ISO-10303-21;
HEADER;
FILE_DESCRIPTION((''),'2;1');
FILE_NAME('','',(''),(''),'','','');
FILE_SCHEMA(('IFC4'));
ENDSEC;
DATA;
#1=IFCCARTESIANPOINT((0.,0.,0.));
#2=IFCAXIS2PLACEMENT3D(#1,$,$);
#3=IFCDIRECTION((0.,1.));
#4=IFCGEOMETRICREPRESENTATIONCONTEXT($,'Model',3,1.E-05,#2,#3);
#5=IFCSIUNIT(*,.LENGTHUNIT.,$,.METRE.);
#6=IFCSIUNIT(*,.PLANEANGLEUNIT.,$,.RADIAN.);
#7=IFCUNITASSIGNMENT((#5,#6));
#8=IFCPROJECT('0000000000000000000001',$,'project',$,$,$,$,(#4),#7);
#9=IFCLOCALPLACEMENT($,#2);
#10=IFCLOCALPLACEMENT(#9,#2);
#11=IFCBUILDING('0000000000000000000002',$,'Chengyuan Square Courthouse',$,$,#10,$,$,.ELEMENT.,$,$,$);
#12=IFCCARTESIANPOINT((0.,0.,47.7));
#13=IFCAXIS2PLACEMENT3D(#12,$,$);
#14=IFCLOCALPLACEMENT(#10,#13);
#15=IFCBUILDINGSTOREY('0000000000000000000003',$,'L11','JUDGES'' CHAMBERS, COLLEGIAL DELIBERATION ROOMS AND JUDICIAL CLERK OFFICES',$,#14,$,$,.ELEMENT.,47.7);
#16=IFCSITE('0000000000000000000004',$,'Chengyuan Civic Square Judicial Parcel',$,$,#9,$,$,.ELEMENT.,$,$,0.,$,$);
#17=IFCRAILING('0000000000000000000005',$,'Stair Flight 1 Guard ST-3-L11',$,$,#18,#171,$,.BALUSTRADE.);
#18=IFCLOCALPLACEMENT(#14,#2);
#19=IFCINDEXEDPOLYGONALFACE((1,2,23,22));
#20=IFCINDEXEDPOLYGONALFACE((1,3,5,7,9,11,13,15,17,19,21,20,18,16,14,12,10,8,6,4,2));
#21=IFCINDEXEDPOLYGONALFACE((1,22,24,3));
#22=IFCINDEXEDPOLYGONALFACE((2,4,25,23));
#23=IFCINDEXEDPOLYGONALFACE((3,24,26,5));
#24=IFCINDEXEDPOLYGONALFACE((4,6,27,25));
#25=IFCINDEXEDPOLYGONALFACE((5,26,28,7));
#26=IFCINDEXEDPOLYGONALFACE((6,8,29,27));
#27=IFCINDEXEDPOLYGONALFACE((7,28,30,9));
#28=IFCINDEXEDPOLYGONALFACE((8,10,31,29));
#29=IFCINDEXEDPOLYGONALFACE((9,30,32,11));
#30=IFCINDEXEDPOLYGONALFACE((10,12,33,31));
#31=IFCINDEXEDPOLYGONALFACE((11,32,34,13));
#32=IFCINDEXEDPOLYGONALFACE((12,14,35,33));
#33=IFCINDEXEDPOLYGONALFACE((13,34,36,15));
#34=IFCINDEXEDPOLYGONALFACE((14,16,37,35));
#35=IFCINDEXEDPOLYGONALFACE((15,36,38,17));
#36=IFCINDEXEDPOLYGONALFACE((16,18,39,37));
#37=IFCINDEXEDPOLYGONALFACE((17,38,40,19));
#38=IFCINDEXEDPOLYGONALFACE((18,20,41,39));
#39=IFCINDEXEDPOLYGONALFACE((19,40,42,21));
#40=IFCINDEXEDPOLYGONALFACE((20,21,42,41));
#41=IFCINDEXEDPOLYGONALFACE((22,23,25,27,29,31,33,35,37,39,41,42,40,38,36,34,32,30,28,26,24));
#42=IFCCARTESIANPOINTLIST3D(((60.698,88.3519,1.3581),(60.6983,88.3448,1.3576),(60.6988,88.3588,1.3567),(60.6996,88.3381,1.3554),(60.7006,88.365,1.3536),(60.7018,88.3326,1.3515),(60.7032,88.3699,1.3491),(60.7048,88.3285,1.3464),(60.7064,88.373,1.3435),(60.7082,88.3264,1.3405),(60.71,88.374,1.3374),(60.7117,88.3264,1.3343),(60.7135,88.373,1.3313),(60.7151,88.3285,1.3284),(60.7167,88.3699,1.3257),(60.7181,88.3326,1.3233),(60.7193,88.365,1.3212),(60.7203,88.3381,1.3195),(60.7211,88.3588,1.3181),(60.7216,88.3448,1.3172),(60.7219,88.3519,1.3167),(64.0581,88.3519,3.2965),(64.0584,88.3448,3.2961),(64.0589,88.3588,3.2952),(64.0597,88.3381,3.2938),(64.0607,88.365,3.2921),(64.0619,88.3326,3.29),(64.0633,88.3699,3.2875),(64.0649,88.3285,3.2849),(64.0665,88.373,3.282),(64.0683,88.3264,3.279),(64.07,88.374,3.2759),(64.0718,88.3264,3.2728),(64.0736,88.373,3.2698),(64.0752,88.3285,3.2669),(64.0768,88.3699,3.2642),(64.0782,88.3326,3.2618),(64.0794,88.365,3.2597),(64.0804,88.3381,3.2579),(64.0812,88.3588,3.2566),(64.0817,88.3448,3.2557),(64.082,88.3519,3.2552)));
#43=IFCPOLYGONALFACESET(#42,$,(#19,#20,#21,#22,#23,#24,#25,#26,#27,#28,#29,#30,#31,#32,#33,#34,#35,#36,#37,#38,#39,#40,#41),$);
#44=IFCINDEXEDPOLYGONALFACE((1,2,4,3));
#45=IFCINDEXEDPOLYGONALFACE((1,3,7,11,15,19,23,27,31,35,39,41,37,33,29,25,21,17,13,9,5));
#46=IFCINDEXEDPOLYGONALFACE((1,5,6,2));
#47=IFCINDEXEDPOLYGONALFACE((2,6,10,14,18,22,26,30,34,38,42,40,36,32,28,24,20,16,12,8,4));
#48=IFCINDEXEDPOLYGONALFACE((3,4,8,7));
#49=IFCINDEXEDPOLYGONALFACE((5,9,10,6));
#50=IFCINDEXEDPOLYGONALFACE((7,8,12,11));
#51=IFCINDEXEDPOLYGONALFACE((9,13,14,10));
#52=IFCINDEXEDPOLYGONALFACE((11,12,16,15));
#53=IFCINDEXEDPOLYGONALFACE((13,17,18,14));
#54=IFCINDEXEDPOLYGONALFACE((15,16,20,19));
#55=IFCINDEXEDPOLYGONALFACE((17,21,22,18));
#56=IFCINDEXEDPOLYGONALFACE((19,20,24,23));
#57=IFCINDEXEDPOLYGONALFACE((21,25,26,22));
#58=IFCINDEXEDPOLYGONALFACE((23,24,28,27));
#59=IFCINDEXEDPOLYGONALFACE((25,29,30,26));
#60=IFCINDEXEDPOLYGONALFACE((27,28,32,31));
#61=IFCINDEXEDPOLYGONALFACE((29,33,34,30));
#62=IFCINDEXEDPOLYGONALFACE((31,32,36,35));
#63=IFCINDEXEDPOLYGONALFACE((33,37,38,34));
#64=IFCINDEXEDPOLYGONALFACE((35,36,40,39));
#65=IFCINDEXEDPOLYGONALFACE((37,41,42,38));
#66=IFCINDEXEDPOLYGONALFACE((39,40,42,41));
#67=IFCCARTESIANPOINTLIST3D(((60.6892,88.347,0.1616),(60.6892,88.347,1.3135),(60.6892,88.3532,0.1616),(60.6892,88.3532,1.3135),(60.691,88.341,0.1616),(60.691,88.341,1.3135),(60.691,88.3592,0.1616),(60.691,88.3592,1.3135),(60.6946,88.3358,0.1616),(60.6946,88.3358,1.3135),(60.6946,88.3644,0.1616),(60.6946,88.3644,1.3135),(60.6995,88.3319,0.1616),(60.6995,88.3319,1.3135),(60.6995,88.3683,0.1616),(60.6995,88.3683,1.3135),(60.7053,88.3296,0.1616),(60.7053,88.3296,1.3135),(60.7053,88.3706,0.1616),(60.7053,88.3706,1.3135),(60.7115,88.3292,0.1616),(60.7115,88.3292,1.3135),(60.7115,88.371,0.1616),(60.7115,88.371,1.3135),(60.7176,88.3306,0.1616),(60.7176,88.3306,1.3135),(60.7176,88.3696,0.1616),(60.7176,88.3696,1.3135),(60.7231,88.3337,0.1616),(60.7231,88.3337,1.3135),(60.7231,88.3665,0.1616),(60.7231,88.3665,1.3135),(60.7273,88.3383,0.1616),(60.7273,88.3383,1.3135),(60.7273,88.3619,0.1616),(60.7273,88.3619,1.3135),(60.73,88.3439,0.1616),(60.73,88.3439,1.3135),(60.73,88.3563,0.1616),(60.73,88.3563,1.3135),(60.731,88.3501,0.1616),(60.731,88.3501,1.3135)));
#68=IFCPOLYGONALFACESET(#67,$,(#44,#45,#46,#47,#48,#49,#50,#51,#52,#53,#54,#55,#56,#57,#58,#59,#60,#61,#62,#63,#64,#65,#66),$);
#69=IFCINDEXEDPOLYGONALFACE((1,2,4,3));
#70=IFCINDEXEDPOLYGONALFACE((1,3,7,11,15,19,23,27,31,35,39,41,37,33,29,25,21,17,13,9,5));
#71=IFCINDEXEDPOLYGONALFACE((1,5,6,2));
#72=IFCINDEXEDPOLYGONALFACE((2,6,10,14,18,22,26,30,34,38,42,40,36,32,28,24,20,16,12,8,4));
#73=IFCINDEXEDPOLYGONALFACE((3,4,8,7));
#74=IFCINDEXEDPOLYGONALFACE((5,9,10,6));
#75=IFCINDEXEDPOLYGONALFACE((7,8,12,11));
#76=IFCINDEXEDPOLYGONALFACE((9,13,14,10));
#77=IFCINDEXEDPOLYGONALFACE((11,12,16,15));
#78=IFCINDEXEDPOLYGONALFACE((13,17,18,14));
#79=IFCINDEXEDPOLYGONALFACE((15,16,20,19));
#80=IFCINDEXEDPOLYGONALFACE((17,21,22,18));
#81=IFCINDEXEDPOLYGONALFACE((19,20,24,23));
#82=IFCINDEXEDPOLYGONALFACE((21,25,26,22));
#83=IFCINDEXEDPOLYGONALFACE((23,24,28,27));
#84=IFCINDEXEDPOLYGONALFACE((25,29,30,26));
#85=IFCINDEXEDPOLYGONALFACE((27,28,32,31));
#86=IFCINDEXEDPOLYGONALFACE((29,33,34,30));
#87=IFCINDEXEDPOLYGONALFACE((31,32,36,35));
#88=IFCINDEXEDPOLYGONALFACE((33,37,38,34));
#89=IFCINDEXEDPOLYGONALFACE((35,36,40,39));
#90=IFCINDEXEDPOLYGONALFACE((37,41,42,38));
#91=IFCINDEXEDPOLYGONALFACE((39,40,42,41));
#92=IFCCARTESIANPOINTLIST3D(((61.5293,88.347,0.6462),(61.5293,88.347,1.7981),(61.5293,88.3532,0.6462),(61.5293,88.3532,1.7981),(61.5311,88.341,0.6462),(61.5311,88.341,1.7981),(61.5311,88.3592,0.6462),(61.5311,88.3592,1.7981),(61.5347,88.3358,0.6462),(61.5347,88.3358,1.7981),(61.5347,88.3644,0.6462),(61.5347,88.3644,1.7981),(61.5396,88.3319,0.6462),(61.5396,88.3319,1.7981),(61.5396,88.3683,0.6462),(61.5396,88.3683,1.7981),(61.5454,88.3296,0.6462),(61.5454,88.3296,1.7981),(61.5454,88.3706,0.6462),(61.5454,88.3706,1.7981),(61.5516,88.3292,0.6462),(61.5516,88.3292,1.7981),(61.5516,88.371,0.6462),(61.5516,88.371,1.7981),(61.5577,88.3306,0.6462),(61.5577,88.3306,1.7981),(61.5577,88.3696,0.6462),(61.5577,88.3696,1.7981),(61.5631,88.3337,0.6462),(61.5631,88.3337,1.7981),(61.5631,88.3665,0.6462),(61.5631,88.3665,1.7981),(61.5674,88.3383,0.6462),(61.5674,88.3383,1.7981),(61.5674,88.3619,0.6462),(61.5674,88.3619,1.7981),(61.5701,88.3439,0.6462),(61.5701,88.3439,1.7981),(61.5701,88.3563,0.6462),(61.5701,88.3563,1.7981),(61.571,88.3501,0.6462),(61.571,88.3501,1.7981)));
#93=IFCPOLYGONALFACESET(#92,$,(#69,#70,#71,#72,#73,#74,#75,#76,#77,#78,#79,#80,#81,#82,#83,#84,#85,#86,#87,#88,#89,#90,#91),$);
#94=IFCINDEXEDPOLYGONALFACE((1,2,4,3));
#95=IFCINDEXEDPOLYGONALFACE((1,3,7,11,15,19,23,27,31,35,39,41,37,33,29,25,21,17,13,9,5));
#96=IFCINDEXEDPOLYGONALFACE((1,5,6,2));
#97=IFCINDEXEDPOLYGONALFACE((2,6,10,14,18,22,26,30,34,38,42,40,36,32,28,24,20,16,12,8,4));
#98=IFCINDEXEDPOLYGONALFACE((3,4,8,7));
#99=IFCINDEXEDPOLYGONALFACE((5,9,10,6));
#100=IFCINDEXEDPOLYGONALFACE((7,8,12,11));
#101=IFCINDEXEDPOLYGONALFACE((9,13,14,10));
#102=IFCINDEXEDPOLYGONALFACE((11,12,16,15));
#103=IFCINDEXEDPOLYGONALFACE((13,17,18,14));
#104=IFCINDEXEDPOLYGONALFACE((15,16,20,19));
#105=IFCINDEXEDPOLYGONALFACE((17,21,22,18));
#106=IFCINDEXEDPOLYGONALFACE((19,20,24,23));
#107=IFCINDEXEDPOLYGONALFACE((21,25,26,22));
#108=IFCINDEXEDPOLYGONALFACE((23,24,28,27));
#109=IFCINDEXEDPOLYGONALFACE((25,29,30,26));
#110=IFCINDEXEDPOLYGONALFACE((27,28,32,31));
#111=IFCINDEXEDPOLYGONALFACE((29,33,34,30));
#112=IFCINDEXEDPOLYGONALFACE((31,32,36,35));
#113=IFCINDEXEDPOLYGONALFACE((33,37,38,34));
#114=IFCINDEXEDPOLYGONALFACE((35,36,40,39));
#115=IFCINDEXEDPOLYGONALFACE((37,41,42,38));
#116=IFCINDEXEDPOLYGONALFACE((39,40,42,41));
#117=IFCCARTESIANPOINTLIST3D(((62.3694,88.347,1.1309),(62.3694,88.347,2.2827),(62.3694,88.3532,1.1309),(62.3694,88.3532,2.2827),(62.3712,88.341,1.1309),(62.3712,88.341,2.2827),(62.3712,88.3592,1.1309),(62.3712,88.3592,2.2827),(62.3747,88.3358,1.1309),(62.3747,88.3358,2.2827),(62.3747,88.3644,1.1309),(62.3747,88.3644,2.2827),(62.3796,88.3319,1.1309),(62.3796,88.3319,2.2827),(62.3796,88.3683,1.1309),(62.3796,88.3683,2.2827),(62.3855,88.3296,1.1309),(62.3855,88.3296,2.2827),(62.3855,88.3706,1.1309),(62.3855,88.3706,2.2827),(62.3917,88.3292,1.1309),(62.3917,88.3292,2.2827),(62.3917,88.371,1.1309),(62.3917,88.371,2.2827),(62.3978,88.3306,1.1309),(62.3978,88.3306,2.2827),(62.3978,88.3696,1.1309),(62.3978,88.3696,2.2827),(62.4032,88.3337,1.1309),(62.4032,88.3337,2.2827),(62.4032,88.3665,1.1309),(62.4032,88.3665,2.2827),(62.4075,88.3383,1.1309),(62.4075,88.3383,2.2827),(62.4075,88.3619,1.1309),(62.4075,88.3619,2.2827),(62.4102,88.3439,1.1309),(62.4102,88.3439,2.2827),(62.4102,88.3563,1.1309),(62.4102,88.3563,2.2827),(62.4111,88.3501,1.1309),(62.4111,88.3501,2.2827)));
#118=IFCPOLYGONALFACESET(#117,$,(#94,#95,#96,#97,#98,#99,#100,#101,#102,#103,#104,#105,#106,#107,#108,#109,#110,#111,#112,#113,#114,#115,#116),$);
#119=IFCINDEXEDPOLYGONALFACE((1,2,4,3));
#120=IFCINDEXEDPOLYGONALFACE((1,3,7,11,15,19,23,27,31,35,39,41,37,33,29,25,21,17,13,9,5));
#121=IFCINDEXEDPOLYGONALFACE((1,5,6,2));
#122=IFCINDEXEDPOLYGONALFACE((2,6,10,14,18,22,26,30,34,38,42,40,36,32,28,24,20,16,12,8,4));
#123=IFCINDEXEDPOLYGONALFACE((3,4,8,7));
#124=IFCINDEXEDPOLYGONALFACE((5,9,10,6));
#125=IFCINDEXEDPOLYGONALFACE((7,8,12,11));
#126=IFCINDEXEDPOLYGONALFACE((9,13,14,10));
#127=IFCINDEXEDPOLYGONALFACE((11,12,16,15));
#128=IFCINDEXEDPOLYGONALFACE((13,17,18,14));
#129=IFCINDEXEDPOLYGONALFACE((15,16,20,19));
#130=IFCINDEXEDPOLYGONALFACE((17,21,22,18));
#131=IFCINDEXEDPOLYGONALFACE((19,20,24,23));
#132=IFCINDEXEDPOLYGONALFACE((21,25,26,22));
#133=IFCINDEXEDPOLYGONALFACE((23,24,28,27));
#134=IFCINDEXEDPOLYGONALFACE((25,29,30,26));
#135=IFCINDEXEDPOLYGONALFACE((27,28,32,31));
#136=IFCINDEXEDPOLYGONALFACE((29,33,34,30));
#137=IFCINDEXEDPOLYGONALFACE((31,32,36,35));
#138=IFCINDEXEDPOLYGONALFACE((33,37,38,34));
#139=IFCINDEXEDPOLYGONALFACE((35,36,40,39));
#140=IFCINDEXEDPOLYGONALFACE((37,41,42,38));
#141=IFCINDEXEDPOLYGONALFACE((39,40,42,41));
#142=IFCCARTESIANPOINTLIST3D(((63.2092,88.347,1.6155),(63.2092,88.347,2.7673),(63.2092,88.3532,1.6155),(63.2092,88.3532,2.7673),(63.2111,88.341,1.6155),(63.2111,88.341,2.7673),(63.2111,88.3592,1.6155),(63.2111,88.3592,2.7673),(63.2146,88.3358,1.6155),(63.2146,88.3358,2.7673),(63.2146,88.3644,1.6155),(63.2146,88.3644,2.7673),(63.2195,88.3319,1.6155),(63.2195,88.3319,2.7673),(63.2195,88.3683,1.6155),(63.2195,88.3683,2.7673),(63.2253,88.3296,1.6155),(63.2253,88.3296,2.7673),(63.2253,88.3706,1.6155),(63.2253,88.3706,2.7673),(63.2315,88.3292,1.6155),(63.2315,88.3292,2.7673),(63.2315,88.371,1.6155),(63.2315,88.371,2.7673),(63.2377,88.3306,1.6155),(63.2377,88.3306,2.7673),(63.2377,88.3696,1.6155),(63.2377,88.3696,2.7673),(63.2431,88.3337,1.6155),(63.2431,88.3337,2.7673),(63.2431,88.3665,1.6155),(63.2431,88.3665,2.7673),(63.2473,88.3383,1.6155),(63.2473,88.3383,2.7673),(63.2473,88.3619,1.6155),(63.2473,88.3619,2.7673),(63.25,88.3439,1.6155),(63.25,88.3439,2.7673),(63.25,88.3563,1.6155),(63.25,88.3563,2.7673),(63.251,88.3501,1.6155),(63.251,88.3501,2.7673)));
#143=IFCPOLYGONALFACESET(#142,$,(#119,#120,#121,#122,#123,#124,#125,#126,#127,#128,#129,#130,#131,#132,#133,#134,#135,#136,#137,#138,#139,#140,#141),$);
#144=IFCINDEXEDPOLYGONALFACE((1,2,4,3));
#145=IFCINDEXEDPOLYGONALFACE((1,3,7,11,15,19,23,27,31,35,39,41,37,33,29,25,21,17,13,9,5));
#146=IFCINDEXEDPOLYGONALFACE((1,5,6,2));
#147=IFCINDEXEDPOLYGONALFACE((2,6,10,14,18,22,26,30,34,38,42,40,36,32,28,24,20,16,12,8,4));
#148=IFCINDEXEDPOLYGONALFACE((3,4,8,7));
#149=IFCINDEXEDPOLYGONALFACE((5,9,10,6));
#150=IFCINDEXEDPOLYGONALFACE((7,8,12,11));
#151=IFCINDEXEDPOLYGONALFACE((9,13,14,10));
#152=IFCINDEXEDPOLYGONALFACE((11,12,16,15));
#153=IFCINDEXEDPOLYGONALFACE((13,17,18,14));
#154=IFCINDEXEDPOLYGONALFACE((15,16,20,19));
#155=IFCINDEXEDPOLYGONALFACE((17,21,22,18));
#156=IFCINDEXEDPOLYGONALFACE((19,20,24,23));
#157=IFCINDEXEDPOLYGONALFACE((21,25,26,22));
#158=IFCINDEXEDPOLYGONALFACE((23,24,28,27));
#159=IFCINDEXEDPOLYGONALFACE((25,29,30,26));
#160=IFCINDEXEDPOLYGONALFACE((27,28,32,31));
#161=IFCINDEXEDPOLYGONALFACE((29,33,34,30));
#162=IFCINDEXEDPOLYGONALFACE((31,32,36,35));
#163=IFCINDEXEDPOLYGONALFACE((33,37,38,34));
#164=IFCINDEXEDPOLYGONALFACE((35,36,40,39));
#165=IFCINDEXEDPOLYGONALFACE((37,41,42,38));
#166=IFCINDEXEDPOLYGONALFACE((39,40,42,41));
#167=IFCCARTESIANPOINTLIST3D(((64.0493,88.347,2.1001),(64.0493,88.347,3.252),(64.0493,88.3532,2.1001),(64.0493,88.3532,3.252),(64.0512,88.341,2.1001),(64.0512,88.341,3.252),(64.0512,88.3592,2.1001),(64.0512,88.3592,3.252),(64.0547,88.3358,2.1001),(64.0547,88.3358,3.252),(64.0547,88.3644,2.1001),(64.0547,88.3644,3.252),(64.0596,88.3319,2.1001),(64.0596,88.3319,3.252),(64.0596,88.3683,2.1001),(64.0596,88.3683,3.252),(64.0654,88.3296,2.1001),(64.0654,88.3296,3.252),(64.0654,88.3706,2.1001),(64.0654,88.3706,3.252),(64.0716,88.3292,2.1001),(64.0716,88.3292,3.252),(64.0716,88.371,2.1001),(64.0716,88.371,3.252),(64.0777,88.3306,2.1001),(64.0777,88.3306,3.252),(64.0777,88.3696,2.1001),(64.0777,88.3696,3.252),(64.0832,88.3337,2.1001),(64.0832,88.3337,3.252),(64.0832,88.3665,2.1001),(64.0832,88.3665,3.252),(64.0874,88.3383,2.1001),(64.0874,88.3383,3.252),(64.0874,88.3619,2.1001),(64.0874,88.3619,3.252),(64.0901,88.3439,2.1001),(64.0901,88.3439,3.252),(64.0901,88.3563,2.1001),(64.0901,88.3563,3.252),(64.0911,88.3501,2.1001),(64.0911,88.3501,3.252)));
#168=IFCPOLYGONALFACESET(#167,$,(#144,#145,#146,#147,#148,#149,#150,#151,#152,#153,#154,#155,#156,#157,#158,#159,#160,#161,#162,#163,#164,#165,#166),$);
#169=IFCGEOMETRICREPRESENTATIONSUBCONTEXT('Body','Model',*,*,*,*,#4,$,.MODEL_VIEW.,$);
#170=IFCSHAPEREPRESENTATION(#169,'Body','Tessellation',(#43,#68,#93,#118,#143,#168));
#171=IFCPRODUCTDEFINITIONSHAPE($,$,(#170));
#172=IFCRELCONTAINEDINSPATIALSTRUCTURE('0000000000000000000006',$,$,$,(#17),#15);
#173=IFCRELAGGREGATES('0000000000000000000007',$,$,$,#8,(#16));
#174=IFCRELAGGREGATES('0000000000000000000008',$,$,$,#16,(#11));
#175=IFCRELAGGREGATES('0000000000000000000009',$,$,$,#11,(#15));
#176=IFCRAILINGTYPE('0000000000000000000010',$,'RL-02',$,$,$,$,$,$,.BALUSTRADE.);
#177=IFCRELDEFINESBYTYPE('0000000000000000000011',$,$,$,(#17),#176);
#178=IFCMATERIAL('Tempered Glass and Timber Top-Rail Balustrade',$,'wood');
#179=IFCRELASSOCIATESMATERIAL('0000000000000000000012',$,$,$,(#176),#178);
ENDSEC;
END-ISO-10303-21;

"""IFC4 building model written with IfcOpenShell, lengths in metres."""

from ifc_helpers import new_model, si_unit, direction, frame, origin, origin_2d, place, context, subcontext, project, spatial, circle, extrude, material, type_object, element, save


model = new_model("IFC4")

# Units and contexts
model_context = context("Model", 3, precision=1e-05, world=origin(), true_north=direction((0.0, 1.0)))
body_context = subcontext(model_context, "Body", "Model", "MODEL_VIEW")
ifc_project = project(units=[si_unit("LENGTHUNIT", "METRE"), si_unit("PLANEANGLEUNIT", "RADIAN")], contexts=[model_context])

# Site, building, storey
site_placement = place(None, origin())
site = spatial("IfcSite", under=ifc_project, at=site_placement, Name="Chengyuan Civic Square Judicial Parcel", CompositionType="ELEMENT", RefElevation=0.0)
building_placement = place(site_placement, origin())
building = spatial("IfcBuilding", under=site, at=building_placement, Name="Chengyuan Square Courthouse", CompositionType="ELEMENT")
storey_placement = place(building_placement, frame((0.0, 0.0, 47.7)))
storey = spatial("IfcBuildingStorey", under=building, at=storey_placement, Name="L11", Description="JUDGES' CHAMBERS, COLLEGIAL DELIBERATION ROOMS AND JUDICIAL CLERK OFFICES", CompositionType="ELEMENT", Elevation=47.7)

# Railing
ifc_material_1 = material(Name="Tempered Glass and Timber Top-Rail Balustrade", Category="wood")
railing_type_1 = type_object("IfcRailingType", Name="RL-02", PredefinedType="BALUSTRADE", material=ifc_material_1)
railing_1_placement = place(storey_placement, frame((60.71, 88.3501, 0.1616)))
element("IfcRailing", 1, at=railing_1_placement, inside=storey, type_object=railing_type_1, Name="Stair Flight 1 Guard ST-3-L11", PredefinedType="BALUSTRADE", context=body_context, shape_type="SweptSolid", body=[
    extrude(circle(Radius=0.0239, at=origin_2d()), frame((0.0, 0.0, 1.1758), z_axis=(0.866191, 0.0, 0.499713), x_axis=(0.0, 1.0, 0.0)), (0.0, 0.0, 1.0), 3.8792),
    extrude(circle(Radius=0.021, at=origin_2d()), origin(), (0.0, 0.0, 1.0), 1.1519),
    extrude(circle(Radius=0.021, at=origin_2d()), frame((0.8401, 0.0, 0.4846)), (0.0, 0.0, 1.0), 1.1519),
    extrude(circle(Radius=0.021, at=origin_2d()), frame((1.6802, 0.0, 0.9692)), (0.0, 0.0, 1.0), 1.1519),
    extrude(circle(Radius=0.021, at=origin_2d()), frame((2.52, 0.0, 1.4539)), (0.0, 0.0, 1.0), 1.1519),
    extrude(circle(Radius=0.021, at=origin_2d()), frame((3.3601, 0.0, 1.9385)), (0.0, 0.0, 1.0), 1.1519),
])

save(model, "model.ifc")
